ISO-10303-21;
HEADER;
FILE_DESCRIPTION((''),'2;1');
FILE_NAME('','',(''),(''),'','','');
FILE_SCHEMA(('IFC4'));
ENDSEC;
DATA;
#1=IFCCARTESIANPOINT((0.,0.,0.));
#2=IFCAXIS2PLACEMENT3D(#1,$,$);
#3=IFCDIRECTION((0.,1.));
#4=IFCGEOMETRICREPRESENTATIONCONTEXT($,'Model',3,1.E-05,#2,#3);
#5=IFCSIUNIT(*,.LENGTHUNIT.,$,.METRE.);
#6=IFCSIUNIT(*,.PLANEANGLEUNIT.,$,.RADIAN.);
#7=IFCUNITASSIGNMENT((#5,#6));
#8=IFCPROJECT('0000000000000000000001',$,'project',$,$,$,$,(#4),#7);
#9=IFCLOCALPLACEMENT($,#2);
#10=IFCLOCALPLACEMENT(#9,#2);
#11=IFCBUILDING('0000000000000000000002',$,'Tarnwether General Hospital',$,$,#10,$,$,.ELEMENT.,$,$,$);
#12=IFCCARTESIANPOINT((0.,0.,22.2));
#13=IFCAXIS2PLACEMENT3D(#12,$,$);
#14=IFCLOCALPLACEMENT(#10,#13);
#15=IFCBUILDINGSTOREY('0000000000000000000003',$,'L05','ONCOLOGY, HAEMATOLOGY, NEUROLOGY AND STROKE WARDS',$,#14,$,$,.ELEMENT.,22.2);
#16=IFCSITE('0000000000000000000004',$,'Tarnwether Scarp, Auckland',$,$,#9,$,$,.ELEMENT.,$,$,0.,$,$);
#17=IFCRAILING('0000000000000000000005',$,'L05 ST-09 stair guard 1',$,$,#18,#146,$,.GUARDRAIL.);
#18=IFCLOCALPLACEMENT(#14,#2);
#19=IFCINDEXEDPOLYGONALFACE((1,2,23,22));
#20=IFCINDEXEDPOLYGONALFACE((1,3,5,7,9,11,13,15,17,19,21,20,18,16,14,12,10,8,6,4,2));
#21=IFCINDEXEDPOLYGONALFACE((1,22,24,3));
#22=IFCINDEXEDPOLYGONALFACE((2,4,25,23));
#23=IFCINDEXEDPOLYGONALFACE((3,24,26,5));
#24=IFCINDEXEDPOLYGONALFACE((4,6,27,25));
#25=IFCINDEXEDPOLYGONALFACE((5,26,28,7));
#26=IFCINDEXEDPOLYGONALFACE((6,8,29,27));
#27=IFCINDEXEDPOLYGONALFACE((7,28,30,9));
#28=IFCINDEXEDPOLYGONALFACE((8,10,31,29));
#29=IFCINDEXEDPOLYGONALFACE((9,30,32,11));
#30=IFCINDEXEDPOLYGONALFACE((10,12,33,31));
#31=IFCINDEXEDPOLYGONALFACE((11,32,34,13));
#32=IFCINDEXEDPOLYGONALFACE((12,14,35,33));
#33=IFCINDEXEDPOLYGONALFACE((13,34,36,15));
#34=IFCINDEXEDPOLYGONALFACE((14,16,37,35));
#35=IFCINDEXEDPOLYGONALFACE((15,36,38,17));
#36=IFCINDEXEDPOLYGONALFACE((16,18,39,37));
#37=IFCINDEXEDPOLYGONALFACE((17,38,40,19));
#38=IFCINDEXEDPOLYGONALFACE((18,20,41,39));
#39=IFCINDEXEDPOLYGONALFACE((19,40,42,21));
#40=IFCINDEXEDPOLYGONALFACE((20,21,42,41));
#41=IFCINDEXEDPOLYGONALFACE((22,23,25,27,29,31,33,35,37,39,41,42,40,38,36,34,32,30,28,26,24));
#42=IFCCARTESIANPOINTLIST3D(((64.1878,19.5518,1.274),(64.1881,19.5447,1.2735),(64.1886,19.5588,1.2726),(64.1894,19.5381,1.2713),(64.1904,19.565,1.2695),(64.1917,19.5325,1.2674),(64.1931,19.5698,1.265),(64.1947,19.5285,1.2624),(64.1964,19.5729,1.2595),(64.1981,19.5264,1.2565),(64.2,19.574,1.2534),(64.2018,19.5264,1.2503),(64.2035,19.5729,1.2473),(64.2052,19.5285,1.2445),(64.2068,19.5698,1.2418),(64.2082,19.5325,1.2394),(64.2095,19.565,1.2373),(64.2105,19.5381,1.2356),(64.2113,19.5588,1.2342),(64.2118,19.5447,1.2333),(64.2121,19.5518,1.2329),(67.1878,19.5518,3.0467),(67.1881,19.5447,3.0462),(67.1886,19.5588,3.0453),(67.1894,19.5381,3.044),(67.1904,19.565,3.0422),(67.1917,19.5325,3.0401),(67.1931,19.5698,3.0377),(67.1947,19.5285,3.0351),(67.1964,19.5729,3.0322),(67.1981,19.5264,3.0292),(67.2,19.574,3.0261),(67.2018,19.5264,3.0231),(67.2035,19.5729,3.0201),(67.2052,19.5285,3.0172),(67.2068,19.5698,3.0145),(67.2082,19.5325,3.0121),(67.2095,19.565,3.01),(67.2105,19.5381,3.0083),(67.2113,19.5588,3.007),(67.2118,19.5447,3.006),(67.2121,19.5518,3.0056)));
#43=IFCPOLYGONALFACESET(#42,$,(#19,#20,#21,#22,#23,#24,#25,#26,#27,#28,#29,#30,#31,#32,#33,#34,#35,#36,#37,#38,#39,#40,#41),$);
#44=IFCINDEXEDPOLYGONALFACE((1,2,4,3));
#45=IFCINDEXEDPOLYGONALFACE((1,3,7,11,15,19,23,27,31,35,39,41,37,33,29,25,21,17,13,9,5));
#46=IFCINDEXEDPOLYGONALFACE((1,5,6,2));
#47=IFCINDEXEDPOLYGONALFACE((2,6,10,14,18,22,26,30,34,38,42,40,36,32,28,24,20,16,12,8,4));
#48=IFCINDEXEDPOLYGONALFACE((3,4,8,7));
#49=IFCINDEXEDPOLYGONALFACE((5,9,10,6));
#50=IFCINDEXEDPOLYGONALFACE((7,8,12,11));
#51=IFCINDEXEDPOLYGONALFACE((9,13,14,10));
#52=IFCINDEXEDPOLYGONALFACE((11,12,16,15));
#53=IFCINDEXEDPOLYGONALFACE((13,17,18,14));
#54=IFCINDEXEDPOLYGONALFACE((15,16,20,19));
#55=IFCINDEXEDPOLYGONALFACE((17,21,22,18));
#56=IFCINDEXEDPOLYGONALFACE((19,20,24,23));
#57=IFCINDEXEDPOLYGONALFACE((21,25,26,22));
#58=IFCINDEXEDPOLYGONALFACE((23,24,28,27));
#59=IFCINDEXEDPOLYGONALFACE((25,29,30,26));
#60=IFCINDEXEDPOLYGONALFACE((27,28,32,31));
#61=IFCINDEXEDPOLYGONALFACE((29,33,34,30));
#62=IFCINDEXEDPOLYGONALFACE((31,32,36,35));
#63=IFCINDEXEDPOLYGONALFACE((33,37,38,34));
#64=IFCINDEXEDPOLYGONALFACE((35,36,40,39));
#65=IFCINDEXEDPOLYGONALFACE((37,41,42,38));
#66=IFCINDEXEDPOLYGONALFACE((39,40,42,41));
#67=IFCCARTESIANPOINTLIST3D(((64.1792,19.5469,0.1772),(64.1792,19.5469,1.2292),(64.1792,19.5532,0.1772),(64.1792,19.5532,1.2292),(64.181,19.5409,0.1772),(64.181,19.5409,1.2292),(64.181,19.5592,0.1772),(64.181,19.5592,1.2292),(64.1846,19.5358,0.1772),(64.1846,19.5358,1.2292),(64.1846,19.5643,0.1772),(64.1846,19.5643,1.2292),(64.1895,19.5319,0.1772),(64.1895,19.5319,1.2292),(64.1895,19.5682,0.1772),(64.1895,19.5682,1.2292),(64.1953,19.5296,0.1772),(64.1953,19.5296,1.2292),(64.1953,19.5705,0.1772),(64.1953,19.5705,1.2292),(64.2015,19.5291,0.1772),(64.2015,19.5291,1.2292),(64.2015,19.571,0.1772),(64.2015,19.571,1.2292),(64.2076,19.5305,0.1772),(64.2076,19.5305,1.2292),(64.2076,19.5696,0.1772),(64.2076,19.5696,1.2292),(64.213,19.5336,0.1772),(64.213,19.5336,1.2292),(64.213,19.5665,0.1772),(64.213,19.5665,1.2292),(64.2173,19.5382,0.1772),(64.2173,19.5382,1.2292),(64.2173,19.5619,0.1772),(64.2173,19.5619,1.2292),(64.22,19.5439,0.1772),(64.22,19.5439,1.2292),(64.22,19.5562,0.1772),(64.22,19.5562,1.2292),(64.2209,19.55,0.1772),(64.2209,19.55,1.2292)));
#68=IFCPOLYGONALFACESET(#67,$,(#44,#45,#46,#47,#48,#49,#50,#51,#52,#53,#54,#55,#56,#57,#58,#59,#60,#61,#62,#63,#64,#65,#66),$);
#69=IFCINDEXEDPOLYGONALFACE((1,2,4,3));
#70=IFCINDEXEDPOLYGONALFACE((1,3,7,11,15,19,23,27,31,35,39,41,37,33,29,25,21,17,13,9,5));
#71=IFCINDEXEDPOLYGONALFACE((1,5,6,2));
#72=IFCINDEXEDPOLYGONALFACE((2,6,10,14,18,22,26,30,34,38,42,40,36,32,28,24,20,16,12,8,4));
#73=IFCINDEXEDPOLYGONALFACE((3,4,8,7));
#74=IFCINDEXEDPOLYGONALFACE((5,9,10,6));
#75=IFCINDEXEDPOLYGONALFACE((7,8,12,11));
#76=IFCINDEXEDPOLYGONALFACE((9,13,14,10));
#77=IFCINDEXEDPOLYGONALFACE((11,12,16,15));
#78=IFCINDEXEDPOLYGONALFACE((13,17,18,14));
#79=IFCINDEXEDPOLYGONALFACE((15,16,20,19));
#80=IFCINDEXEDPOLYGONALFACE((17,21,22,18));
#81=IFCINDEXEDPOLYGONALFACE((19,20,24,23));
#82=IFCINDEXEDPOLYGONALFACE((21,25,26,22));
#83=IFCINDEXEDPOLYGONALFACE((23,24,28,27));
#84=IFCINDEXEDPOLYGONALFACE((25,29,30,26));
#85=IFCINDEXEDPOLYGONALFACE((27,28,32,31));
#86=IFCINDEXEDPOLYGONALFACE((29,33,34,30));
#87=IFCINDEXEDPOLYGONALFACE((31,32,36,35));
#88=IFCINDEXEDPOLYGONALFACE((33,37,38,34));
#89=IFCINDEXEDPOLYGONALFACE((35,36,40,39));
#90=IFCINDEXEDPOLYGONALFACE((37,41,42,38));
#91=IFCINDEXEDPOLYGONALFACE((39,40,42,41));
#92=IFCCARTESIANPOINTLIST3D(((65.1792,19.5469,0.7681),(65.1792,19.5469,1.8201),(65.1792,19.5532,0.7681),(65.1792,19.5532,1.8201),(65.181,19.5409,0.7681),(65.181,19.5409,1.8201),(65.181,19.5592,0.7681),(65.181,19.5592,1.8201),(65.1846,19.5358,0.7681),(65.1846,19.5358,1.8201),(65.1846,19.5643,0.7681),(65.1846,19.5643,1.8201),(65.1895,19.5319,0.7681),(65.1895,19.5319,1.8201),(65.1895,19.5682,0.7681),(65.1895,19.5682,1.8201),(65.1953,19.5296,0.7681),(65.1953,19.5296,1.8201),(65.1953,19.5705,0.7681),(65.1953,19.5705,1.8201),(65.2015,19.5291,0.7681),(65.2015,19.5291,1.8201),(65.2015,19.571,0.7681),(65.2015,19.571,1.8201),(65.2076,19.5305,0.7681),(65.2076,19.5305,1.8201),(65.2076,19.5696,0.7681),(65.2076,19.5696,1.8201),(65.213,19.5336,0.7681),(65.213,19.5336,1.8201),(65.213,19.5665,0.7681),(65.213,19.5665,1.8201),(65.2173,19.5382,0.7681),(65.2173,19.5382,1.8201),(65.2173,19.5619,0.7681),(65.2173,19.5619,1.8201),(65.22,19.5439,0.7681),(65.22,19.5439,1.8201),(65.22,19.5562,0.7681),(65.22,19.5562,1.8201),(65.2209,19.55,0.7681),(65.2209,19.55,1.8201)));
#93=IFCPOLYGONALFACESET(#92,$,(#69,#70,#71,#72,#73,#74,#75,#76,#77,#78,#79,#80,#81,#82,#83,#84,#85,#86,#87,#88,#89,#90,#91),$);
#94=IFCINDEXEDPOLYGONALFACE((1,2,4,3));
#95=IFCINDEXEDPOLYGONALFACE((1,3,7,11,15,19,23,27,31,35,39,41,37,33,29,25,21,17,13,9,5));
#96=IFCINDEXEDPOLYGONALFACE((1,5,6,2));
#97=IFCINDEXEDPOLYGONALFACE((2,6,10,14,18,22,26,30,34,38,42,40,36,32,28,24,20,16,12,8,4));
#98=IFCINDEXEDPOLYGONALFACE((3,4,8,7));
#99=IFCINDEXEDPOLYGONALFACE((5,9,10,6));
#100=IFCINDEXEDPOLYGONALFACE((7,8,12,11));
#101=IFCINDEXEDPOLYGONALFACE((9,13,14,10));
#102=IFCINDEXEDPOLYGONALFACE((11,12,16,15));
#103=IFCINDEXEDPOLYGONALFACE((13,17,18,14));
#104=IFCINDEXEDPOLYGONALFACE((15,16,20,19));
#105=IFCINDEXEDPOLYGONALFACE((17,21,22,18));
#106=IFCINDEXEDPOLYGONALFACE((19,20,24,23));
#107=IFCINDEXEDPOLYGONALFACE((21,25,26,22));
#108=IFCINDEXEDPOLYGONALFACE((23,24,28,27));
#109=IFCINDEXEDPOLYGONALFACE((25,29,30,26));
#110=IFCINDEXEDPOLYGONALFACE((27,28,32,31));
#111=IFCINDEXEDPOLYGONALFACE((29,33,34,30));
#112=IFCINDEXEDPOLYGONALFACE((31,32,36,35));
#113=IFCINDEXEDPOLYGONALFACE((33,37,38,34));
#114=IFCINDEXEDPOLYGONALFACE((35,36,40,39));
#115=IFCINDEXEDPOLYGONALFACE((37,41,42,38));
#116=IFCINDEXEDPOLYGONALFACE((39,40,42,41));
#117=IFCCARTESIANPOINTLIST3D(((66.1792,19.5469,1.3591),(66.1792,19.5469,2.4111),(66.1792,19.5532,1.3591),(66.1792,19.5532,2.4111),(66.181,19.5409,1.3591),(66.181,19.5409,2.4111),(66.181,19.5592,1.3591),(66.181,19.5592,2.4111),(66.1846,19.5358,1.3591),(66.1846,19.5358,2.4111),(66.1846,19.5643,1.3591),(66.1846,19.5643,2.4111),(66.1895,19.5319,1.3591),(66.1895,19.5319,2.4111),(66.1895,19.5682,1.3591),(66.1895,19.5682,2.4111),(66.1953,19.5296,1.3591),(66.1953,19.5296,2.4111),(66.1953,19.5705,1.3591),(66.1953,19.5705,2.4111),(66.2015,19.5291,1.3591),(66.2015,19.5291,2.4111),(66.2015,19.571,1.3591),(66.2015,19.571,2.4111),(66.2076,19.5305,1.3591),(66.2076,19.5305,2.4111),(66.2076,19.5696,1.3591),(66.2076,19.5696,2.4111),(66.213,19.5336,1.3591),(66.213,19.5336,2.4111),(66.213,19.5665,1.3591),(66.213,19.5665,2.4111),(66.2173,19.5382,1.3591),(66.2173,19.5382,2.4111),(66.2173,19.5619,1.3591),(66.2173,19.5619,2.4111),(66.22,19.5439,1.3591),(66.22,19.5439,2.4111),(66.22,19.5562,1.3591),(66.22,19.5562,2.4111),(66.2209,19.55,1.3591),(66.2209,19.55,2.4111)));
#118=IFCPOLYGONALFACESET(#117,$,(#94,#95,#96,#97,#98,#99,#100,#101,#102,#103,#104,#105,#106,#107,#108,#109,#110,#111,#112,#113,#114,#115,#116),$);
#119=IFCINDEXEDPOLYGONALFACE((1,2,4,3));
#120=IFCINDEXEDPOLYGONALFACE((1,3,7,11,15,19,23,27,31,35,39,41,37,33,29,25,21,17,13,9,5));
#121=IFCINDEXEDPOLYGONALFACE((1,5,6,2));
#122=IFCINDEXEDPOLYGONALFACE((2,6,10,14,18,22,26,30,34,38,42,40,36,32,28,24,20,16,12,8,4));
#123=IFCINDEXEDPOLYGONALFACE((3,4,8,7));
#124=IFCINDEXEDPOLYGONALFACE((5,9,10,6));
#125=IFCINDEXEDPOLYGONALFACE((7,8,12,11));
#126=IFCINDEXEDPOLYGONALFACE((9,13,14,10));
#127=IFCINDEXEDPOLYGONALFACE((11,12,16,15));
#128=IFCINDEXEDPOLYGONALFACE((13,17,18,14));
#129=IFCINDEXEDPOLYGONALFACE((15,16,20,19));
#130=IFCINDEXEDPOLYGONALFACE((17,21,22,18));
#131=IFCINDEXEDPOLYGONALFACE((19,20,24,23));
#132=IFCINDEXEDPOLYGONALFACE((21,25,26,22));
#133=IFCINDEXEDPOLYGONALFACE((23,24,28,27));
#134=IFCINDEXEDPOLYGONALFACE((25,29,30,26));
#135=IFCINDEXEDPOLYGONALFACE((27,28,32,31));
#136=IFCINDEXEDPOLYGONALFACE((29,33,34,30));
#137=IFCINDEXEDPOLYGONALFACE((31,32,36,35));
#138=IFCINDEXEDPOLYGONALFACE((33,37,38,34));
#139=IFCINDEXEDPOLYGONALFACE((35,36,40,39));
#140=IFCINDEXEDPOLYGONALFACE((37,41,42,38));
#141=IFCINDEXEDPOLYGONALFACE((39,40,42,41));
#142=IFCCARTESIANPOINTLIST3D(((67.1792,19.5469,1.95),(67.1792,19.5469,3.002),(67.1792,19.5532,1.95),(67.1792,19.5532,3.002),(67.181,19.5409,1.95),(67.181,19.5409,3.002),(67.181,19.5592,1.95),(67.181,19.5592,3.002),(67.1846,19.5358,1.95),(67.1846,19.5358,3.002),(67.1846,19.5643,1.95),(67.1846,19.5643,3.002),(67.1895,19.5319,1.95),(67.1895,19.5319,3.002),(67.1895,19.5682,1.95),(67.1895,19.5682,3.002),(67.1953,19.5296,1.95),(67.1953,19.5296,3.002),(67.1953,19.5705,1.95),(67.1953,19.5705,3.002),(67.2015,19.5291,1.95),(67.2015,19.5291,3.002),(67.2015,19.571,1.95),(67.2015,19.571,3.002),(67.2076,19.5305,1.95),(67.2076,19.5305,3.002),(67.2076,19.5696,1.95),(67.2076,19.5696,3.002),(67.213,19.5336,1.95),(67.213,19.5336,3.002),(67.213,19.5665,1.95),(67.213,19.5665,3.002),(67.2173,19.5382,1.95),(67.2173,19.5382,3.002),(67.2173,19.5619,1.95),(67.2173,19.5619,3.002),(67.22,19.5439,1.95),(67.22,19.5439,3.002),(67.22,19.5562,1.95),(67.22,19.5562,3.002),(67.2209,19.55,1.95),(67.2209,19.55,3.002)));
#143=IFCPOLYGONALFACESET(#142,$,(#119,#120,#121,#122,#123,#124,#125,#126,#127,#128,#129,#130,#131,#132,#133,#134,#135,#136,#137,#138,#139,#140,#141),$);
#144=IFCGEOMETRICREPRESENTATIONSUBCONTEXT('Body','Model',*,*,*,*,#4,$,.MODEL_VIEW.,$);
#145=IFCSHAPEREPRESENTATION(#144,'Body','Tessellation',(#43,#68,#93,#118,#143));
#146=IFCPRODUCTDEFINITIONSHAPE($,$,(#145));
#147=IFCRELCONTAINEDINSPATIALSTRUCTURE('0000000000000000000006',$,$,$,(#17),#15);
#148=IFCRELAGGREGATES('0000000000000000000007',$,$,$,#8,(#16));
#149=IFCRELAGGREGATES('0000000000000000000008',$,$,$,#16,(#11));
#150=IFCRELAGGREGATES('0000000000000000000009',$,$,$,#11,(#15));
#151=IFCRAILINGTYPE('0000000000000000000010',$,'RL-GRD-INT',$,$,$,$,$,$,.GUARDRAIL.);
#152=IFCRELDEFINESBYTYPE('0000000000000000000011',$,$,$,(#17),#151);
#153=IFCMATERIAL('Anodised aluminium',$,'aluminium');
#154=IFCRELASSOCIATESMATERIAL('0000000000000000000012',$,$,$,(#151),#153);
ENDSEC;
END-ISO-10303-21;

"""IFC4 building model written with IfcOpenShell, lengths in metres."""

from ifc_helpers import new_model, si_unit, direction, frame, origin, origin_2d, place, context, subcontext, project, spatial, circle, extrude, material, type_object, element, save


model = new_model("IFC4")

# Units and contexts
model_context = context("Model", 3, precision=1e-05, world=origin(), true_north=direction((0.0, 1.0)))
body_context = subcontext(model_context, "Body", "Model", "MODEL_VIEW")
ifc_project = project(units=[si_unit("LENGTHUNIT", "METRE"), si_unit("PLANEANGLEUNIT", "RADIAN")], contexts=[model_context])

# Site, building, storey
site_placement = place(None, origin())
site = spatial("IfcSite", under=ifc_project, at=site_placement, Name="Tarnwether Scarp, Auckland", CompositionType="ELEMENT", RefElevation=0.0)
building_placement = place(site_placement, origin())
building = spatial("IfcBuilding", under=site, at=building_placement, Name="Tarnwether General Hospital", CompositionType="ELEMENT")
storey_placement = place(building_placement, frame((0.0, 0.0, 22.2)))
storey = spatial("IfcBuildingStorey", under=building, at=storey_placement, Name="L05", Description="ONCOLOGY, HAEMATOLOGY, NEUROLOGY AND STROKE WARDS", CompositionType="ELEMENT", Elevation=22.2)

# Railing
ifc_material_1 = material(Name="Anodised aluminium", Category="aluminium")
railing_type_1 = type_object("IfcRailingType", Name="RL-GRD-INT", PredefinedType="GUARDRAIL", material=ifc_material_1)
railing_1_placement = place(storey_placement, frame((64.2, 19.55, 0.1772)))
element("IfcRailing", 1, at=railing_1_placement, inside=storey, type_object=railing_type_1, Name="L05 ST-09 stair guard 1", PredefinedType="GUARDRAIL", context=body_context, shape_type="SweptSolid", body=[
    extrude(circle(Radius=0.0239, at=origin_2d()), frame((0.0, 0.0, 1.0762), z_axis=(0.860929, 0.0, 0.508725), x_axis=(0.0, 1.0, 0.0)), (0.0, 0.0, 1.0), 3.4846),
    extrude(circle(Radius=0.021, at=origin_2d()), origin(), (0.0, 0.0, 1.0), 1.052),
    extrude(circle(Radius=0.021, at=origin_2d()), frame((1.0, 0.0, 0.5908)), (0.0, 0.0, 1.0), 1.052),
    extrude(circle(Radius=0.021, at=origin_2d()), frame((2.0, 0.0, 1.1819)), (0.0, 0.0, 1.0), 1.052),
    extrude(circle(Radius=0.021, at=origin_2d()), frame((3.0, 0.0, 1.7727)), (0.0, 0.0, 1.0), 1.052),
])

save(model, "model.ifc")
